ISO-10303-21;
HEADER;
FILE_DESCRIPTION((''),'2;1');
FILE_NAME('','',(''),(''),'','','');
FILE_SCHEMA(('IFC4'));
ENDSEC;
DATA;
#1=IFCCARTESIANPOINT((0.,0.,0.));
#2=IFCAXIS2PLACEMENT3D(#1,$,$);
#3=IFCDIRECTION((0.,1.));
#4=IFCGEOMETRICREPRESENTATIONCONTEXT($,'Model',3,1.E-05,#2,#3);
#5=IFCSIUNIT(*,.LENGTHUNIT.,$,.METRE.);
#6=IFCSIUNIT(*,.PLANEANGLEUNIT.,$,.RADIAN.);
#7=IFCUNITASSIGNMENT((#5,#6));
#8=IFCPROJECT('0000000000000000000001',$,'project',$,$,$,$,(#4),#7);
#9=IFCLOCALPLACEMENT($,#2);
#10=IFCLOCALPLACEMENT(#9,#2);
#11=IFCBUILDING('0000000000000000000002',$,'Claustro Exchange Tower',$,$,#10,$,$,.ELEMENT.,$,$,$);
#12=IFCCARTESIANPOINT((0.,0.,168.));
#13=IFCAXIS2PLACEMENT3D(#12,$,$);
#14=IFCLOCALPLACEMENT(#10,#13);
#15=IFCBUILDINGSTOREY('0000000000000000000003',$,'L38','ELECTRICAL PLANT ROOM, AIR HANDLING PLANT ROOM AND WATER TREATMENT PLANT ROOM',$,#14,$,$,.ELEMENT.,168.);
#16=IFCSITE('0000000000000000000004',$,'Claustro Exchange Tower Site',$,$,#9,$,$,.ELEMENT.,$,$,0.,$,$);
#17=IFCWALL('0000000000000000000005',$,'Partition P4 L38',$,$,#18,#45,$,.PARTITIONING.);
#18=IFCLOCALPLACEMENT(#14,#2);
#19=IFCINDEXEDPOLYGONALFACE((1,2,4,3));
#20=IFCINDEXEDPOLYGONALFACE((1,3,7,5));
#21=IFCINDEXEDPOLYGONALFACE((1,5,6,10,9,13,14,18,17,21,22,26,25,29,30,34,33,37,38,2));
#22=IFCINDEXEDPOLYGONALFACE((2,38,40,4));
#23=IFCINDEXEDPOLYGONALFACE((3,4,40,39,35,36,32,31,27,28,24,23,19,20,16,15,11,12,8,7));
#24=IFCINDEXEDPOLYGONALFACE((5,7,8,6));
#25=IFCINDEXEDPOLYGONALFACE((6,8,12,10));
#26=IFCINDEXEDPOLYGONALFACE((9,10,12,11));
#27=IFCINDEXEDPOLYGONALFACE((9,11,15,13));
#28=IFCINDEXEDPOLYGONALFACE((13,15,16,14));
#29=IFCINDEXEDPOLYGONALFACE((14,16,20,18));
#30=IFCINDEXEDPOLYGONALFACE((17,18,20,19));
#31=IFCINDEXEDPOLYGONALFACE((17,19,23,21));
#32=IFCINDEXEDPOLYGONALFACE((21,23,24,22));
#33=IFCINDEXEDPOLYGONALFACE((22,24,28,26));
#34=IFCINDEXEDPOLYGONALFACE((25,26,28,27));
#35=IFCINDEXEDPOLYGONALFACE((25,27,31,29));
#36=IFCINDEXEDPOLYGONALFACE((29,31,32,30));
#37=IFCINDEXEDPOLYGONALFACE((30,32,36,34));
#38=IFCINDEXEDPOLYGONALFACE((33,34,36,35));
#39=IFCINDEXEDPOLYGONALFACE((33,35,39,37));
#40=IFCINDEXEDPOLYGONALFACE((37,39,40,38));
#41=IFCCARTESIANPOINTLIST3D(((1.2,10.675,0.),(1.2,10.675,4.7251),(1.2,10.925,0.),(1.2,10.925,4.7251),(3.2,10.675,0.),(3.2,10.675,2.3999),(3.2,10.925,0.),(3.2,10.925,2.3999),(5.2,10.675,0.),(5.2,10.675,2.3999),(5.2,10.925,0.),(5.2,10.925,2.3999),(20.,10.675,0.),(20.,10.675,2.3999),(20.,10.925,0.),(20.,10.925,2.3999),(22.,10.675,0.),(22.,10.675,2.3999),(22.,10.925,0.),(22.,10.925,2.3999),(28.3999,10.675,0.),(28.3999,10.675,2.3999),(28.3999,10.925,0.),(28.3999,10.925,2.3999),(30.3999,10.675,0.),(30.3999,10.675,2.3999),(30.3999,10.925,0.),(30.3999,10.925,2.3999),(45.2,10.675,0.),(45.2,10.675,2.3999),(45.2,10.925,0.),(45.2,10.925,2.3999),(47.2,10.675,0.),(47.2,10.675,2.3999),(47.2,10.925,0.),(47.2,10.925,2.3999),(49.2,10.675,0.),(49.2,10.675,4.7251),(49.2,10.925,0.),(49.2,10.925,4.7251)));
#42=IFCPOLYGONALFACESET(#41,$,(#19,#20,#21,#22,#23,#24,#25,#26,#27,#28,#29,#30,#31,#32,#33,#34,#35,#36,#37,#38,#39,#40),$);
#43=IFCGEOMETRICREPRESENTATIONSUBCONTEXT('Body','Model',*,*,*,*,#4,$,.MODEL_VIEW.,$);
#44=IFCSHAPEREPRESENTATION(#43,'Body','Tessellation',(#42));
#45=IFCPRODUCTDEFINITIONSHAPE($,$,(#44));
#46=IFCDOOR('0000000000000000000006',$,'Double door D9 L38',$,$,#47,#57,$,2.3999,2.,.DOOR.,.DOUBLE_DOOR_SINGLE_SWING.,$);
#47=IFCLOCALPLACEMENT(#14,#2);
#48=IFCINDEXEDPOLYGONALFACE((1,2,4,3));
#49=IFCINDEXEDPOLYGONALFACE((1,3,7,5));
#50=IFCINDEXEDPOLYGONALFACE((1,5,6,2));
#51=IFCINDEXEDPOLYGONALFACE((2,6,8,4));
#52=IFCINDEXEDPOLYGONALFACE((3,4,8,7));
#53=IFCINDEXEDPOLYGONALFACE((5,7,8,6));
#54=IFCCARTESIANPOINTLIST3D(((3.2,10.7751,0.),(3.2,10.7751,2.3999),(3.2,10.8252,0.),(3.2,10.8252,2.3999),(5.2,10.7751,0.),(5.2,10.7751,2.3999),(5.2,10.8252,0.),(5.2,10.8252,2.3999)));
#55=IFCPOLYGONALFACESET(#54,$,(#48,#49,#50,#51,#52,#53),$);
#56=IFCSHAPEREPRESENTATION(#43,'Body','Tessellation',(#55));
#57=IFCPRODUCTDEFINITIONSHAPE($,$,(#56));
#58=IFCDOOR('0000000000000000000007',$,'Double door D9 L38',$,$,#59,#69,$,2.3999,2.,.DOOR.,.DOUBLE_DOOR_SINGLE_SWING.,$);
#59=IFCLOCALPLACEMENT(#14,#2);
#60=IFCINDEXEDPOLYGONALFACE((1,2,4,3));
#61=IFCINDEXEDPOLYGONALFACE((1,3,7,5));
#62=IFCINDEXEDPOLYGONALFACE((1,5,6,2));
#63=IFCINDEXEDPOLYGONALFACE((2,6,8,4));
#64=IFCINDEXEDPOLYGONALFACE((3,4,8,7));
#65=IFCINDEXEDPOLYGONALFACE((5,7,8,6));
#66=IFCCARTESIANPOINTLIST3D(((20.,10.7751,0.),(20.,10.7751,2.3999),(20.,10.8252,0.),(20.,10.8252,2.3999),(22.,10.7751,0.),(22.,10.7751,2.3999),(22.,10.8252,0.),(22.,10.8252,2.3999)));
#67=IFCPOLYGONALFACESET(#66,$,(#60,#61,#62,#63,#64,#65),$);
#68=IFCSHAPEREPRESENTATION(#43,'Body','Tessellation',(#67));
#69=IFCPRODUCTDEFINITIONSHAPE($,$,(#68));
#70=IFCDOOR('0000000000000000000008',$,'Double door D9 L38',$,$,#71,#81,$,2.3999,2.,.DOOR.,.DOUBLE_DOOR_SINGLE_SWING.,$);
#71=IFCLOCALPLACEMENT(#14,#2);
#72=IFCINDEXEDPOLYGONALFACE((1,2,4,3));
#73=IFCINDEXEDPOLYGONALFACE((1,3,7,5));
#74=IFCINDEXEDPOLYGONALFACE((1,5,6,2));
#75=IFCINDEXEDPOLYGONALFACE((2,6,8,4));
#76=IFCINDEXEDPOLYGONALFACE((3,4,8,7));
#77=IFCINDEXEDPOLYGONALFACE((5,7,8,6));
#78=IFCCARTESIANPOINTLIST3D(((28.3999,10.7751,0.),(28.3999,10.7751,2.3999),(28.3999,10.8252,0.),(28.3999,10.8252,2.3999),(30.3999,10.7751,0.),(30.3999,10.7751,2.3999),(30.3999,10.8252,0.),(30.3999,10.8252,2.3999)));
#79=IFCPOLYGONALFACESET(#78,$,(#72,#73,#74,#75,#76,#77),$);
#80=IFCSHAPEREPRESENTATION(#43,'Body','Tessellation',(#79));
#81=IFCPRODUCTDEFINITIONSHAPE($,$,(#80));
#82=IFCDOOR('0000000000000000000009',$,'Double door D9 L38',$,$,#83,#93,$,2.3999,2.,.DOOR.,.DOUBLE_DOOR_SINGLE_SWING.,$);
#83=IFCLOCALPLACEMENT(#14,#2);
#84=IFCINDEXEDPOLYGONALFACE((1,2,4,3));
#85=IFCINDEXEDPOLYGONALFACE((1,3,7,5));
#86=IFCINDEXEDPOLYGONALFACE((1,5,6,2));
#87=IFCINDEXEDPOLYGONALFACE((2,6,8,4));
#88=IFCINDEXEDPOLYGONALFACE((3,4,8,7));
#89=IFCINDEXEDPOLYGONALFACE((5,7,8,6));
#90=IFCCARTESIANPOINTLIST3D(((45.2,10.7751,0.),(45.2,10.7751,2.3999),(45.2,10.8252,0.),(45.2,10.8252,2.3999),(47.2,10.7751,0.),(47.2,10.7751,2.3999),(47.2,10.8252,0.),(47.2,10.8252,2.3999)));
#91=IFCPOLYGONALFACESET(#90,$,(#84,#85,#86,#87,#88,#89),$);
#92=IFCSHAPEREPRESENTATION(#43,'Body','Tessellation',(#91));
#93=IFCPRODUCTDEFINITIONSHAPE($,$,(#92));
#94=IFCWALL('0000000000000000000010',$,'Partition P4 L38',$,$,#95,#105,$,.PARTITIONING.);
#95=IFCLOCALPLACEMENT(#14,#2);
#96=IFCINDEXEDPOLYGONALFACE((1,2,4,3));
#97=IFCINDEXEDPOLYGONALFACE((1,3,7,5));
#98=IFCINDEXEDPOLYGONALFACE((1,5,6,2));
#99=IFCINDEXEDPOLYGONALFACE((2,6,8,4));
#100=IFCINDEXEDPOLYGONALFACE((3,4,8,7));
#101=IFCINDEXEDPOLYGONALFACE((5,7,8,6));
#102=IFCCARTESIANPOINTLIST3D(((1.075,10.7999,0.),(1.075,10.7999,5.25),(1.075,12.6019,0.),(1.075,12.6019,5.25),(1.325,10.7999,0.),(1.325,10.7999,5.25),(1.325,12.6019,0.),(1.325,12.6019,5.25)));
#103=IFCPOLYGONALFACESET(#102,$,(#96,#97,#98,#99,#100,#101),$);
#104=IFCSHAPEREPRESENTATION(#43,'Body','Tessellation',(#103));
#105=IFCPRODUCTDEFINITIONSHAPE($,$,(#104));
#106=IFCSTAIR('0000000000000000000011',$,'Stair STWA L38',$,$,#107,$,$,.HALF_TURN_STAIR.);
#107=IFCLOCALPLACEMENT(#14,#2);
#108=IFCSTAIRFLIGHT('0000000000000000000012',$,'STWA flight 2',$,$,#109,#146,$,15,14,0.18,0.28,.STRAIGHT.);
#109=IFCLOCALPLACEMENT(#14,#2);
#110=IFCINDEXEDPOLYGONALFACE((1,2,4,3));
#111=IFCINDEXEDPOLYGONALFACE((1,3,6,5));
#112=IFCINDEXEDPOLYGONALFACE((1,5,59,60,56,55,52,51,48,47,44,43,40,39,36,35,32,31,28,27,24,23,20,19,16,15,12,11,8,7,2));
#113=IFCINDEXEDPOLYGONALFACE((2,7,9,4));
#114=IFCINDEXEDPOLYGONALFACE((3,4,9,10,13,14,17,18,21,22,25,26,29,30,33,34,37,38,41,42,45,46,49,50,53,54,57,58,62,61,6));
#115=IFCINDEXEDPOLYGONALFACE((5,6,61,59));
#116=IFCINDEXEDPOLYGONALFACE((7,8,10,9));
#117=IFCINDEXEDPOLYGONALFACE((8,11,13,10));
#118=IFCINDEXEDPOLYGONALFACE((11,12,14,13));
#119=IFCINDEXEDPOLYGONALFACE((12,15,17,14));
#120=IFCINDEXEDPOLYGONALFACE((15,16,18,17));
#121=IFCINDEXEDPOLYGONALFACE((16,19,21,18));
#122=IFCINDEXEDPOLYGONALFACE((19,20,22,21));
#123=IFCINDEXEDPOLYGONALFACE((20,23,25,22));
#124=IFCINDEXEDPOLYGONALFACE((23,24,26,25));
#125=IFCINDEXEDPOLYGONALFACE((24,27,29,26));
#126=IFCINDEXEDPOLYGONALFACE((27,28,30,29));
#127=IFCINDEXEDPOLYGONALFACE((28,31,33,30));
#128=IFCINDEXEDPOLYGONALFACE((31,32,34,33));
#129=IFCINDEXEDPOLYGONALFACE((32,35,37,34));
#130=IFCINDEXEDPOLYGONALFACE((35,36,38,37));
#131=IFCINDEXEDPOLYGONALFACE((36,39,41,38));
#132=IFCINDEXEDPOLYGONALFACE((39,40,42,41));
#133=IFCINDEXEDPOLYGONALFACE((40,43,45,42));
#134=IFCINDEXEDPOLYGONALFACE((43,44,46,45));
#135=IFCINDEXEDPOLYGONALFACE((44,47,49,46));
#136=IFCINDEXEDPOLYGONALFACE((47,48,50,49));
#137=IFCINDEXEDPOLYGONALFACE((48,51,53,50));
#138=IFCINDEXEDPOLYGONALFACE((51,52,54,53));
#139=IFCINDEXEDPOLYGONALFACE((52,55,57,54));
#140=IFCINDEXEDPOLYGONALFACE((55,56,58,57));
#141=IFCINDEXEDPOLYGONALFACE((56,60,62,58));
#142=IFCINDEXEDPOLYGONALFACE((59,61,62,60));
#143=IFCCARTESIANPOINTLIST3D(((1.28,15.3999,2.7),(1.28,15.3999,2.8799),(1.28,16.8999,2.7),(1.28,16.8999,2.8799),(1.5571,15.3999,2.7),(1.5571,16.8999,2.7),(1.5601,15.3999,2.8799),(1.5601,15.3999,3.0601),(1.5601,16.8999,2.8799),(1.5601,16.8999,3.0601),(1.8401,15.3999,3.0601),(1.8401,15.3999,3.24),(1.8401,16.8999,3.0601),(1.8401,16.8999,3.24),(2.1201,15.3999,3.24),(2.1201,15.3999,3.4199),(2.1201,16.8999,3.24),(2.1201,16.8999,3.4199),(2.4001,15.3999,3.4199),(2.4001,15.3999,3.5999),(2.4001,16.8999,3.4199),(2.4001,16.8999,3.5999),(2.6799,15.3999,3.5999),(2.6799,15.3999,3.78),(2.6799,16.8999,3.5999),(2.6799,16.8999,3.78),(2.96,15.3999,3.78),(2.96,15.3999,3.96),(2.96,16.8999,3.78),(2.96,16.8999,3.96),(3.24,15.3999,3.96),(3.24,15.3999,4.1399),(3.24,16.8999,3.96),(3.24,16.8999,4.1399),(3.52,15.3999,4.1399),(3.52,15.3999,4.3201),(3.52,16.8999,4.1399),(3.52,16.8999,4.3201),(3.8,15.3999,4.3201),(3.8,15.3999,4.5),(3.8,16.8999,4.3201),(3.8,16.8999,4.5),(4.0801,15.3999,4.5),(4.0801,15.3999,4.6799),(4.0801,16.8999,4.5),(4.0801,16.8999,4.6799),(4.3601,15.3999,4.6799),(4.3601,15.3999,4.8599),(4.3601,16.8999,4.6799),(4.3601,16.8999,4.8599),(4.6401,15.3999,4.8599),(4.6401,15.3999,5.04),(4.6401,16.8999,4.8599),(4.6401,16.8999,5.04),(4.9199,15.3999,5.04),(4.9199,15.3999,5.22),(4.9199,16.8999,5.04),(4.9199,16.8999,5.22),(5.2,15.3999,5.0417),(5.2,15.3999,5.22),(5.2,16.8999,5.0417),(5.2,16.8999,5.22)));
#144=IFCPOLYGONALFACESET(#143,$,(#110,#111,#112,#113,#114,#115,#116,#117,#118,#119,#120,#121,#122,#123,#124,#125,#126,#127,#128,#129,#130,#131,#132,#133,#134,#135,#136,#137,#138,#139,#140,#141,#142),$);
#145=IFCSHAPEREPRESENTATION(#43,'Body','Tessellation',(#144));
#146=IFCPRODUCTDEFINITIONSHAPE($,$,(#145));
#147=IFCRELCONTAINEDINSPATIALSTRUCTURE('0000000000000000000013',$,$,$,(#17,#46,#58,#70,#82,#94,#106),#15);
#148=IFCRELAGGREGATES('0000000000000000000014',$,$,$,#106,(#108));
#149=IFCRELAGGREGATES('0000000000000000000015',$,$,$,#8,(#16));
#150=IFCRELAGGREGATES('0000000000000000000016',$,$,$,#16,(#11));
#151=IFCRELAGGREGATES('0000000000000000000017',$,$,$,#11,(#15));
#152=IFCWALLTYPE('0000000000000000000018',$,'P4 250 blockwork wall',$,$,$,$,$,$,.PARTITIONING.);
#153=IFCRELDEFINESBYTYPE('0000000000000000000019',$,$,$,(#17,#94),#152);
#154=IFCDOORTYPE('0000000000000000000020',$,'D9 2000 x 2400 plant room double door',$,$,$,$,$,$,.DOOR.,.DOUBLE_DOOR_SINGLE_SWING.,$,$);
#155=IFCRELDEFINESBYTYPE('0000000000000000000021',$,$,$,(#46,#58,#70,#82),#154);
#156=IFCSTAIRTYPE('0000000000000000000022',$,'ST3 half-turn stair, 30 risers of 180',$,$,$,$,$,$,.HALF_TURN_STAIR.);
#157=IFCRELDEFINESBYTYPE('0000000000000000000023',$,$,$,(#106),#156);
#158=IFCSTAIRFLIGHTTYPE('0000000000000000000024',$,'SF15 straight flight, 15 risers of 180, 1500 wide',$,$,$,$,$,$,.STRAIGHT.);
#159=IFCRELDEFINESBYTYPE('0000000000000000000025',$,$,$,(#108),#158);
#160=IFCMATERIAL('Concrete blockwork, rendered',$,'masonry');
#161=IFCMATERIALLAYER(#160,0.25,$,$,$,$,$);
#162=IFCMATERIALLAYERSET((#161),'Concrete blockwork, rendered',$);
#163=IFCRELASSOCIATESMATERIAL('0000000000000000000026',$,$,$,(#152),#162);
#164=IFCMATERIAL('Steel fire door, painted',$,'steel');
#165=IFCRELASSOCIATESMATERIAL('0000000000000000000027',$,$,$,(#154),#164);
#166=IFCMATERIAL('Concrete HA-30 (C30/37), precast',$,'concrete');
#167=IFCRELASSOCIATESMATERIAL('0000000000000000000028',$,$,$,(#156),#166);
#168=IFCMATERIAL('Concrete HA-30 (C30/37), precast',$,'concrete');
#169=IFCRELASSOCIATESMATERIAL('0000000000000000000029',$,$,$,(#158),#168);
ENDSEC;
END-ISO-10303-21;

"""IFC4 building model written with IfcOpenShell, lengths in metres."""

from ifc_helpers import new_model, si_unit, direction, frame, frame_2d, origin, place, context, subcontext, project, spatial, polyline, rectangle, outline, extrude, material, layer, layer_set, type_object, element, fill, aggregate, save


model = new_model("IFC4")

# Units and contexts
model_context = context("Model", 3, precision=1e-05, world=origin(), true_north=direction((0.0, 1.0)))
body_context = subcontext(model_context, "Body", "Model", "MODEL_VIEW")
ifc_project = project(units=[si_unit("LENGTHUNIT", "METRE"), si_unit("PLANEANGLEUNIT", "RADIAN")], contexts=[model_context])

# Site, building, storey
site_placement = place(None, origin())
site = spatial("IfcSite", under=ifc_project, at=site_placement, Name="Claustro Exchange Tower Site", CompositionType="ELEMENT", RefElevation=0.0)
building_placement = place(site_placement, origin())
building = spatial("IfcBuilding", under=site, at=building_placement, Name="Claustro Exchange Tower", CompositionType="ELEMENT")
storey_placement = place(building_placement, frame((0.0, 0.0, 168.0)))
storey = spatial("IfcBuildingStorey", under=building, at=storey_placement, Name="L38", Description="ELECTRICAL PLANT ROOM, AIR HANDLING PLANT ROOM AND WATER TREATMENT PLANT ROOM", CompositionType="ELEMENT", Elevation=168.0)

# Wall, openings, doors
ifc_material_1 = material(Name="Concrete blockwork, rendered", Category="masonry")
ifc_layer = layer(ifc_material_1, 0.25)
ifc_layer_set = layer_set([ifc_layer], Name="Concrete blockwork, rendered")
wall_type = type_object("IfcWallType", Name="P4 250 blockwork wall", PredefinedType="PARTITIONING", material=ifc_layer_set)
wall_1_placement = place(storey_placement, frame((1.2, 10.8, 0.0), z_axis=(0.0, 0.0, 1.0), x_axis=(1.0, 0.0, 0.0)))
wall_1 = element("IfcWall", 1, at=wall_1_placement, inside=storey, type_object=wall_type, Name="Partition P4 L38", PredefinedType="PARTITIONING", context=body_context, shape_type="SweptSolid", body=[
    extrude(rectangle(XDim=48.0, YDim=0.25, at=frame_2d((24.0, 0.0))), origin(), (0.0, 0.0, 1.0), 4.7251),
])
opening_1_placement = place(wall_1_placement, frame((2.0, 0.0, 0.0)))
opening_1 = element("IfcOpeningElement", 2, at=opening_1_placement, cuts=wall_1, PredefinedType="OPENING", context=body_context, shape_type="SweptSolid", body=[
    extrude(rectangle(XDim=2.0, YDim=2.3999, at=frame_2d((1.0, 1.2))), frame((0.0, 0.135, 0.0), z_axis=(0.0, -1.0, 0.0), x_axis=(1.0, 0.0, 0.0)), (0.0, 0.0, 1.0), 0.27),
])
opening_2_placement = place(wall_1_placement, frame((18.8, 0.0, 0.0)))
opening_2 = element("IfcOpeningElement", 3, at=opening_2_placement, cuts=wall_1, PredefinedType="OPENING", context=body_context, shape_type="SweptSolid", body=[
    extrude(rectangle(XDim=2.0, YDim=2.3999, at=frame_2d((1.0, 1.2))), frame((0.0, 0.135, 0.0), z_axis=(0.0, -1.0, 0.0), x_axis=(1.0, 0.0, 0.0)), (0.0, 0.0, 1.0), 0.27),
])
opening_3_placement = place(wall_1_placement, frame((27.2, 0.0, 0.0)))
opening_3 = element("IfcOpeningElement", 4, at=opening_3_placement, cuts=wall_1, PredefinedType="OPENING", context=body_context, shape_type="SweptSolid", body=[
    extrude(rectangle(XDim=2.0, YDim=2.3999, at=frame_2d((1.0, 1.2))), frame((0.0, 0.135, 0.0), z_axis=(0.0, -1.0, 0.0), x_axis=(1.0, 0.0, 0.0)), (0.0, 0.0, 1.0), 0.27),
])
opening_4_placement = place(wall_1_placement, frame((44.0, 0.0, 0.0)))
opening_4 = element("IfcOpeningElement", 5, at=opening_4_placement, cuts=wall_1, PredefinedType="OPENING", context=body_context, shape_type="SweptSolid", body=[
    extrude(rectangle(XDim=2.0, YDim=2.3999, at=frame_2d((1.0, 1.2))), frame((0.0, 0.135, 0.0), z_axis=(0.0, -1.0, 0.0), x_axis=(1.0, 0.0, 0.0)), (0.0, 0.0, 1.0), 0.27),
])
ifc_material_2 = material(Name="Steel fire door, painted", Category="steel")
door_type = type_object("IfcDoorType", Name="D9 2000 x 2400 plant room double door", OperationType="DOUBLE_DOOR_SINGLE_SWING", PredefinedType="DOOR", material=ifc_material_2)
door_1_placement = place(opening_1_placement, frame((2.0, 0.0, 0.0), z_axis=(0.0, 0.0, 1.0), x_axis=(-1.0, 0.0, 0.0)))
door_1 = element("IfcDoor", 6, at=door_1_placement, inside=storey, type_object=door_type, Name="Double door D9 L38", OperationType="DOUBLE_DOOR_SINGLE_SWING", OverallHeight=2.3999, OverallWidth=2.0, PredefinedType="DOOR", context=body_context, shape_type="SweptSolid", body=[
    extrude(rectangle(XDim=2.0, YDim=2.3999, at=frame_2d((1.0, 1.2))), frame((0.0, 0.0249, 0.0), z_axis=(0.0, -1.0, 0.0), x_axis=(1.0, 0.0, 0.0)), (0.0, 0.0, 1.0), 0.05),
])
fill(opening_1, door_1)
door_2_placement = place(opening_2_placement, frame((2.0, 0.0, 0.0), z_axis=(0.0, 0.0, 1.0), x_axis=(-1.0, 0.0, 0.0)))
door_2 = element("IfcDoor", 7, at=door_2_placement, inside=storey, type_object=door_type, Name="Double door D9 L38", OperationType="DOUBLE_DOOR_SINGLE_SWING", OverallHeight=2.3999, OverallWidth=2.0, PredefinedType="DOOR", context=body_context, shape_type="SweptSolid", body=[
    extrude(rectangle(XDim=2.0, YDim=2.3999, at=frame_2d((1.0, 1.2))), frame((0.0, 0.0249, 0.0), z_axis=(0.0, -1.0, 0.0), x_axis=(1.0, 0.0, 0.0)), (0.0, 0.0, 1.0), 0.05),
])
fill(opening_2, door_2)
door_3_placement = place(opening_3_placement, frame((2.0, 0.0, 0.0), z_axis=(0.0, 0.0, 1.0), x_axis=(-1.0, 0.0, 0.0)))
door_3 = element("IfcDoor", 8, at=door_3_placement, inside=storey, type_object=door_type, Name="Double door D9 L38", OperationType="DOUBLE_DOOR_SINGLE_SWING", OverallHeight=2.3999, OverallWidth=2.0, PredefinedType="DOOR", context=body_context, shape_type="SweptSolid", body=[
    extrude(rectangle(XDim=2.0, YDim=2.3999, at=frame_2d((1.0, 1.2))), frame((0.0, 0.0249, 0.0), z_axis=(0.0, -1.0, 0.0), x_axis=(1.0, 0.0, 0.0)), (0.0, 0.0, 1.0), 0.05),
])
fill(opening_3, door_3)
door_4_placement = place(opening_4_placement, frame((2.0, 0.0, 0.0), z_axis=(0.0, 0.0, 1.0), x_axis=(-1.0, 0.0, 0.0)))
door_4 = element("IfcDoor", 9, at=door_4_placement, inside=storey, type_object=door_type, Name="Double door D9 L38", OperationType="DOUBLE_DOOR_SINGLE_SWING", OverallHeight=2.3999, OverallWidth=2.0, PredefinedType="DOOR", context=body_context, shape_type="SweptSolid", body=[
    extrude(rectangle(XDim=2.0, YDim=2.3999, at=frame_2d((1.0, 1.2))), frame((0.0, 0.0249, 0.0), z_axis=(0.0, -1.0, 0.0), x_axis=(1.0, 0.0, 0.0)), (0.0, 0.0, 1.0), 0.05),
])
fill(opening_4, door_4)

# Wall
wall_2_placement = place(storey_placement, frame((1.2, 10.8, 0.0), z_axis=(0.0, 0.0, 1.0), x_axis=(0.0, 1.0, 0.0)))
element("IfcWall", 10, at=wall_2_placement, inside=storey, type_object=wall_type, Name="Partition P4 L38", PredefinedType="PARTITIONING", context=body_context, shape_type="SweptSolid", body=[
    extrude(rectangle(XDim=1.802, YDim=0.25, at=frame_2d((0.9009, 0.0))), origin(), (0.0, 0.0, 1.0), 5.25),
])

# Stair, stair flight
ifc_material_3 = material(Name="Concrete HA-30 (C30/37), precast", Category="concrete")
stair_type = type_object("IfcStairType", Name="ST3 half-turn stair, 30 risers of 180", PredefinedType="HALF_TURN_STAIR", material=ifc_material_3)
stair_placement = place(storey_placement, origin())
stair = element("IfcStair", 11, at=stair_placement, inside=storey, type_object=stair_type, Name="Stair STWA L38", PredefinedType="HALF_TURN_STAIR")
ifc_material_4 = material(Name="Concrete HA-30 (C30/37), precast", Category="concrete")
stair_flight_type = type_object("IfcStairFlightType", Name="SF15 straight flight, 15 risers of 180, 1500 wide", PredefinedType="STRAIGHT", material=ifc_material_4)
stair_flight_placement = place(storey_placement, frame((1.28, 16.1499, 2.7), z_axis=(0.0, 0.0, 1.0), x_axis=(1.0, 0.0, 0.0)))
stair_flight = element("IfcStairFlight", 12, at=stair_flight_placement, type_object=stair_flight_type, Name="STWA flight 2", NumberOfRisers=15, NumberOfTreads=14, PredefinedType="STRAIGHT", RiserHeight=0.18, TreadLength=0.28, context=body_context, shape_type="SweptSolid", body=[
    extrude(outline(polyline([(0.0, 0.0), (0.0, 0.1799), (0.28, 0.1799), (0.28, 0.3601), (0.5601, 0.3601), (0.5601, 0.54), (0.8401, 0.54), (0.8401, 0.72), (1.1201, 0.72), (1.1201, 0.8999), (1.3999, 0.8999), (1.3999, 1.0801), (1.6799, 1.0801), (1.6799, 1.26), (1.96, 1.26), (1.96, 1.4399), (2.24, 1.4399), (2.24, 1.6201), (2.52, 1.6201), (2.52, 1.8), (2.8, 1.8), (2.8, 1.98), (3.0801, 1.98), (3.0801, 2.1599), (3.3601, 2.1599), (3.3601, 2.3401), (3.6399, 2.3401), (3.6399, 2.52), (3.9199, 2.52), (3.9199, 2.7), (3.9199, 2.3418), (0.2771, 0.0), (0.0, 0.0)])), frame((0.0, 0.75, 0.0), z_axis=(0.0, -1.0, 0.0), x_axis=(1.0, 0.0, 0.0)), (0.0, 0.0, 1.0), 1.5),
])
aggregate(stair, [stair_flight])

save(model, "model.ifc")
